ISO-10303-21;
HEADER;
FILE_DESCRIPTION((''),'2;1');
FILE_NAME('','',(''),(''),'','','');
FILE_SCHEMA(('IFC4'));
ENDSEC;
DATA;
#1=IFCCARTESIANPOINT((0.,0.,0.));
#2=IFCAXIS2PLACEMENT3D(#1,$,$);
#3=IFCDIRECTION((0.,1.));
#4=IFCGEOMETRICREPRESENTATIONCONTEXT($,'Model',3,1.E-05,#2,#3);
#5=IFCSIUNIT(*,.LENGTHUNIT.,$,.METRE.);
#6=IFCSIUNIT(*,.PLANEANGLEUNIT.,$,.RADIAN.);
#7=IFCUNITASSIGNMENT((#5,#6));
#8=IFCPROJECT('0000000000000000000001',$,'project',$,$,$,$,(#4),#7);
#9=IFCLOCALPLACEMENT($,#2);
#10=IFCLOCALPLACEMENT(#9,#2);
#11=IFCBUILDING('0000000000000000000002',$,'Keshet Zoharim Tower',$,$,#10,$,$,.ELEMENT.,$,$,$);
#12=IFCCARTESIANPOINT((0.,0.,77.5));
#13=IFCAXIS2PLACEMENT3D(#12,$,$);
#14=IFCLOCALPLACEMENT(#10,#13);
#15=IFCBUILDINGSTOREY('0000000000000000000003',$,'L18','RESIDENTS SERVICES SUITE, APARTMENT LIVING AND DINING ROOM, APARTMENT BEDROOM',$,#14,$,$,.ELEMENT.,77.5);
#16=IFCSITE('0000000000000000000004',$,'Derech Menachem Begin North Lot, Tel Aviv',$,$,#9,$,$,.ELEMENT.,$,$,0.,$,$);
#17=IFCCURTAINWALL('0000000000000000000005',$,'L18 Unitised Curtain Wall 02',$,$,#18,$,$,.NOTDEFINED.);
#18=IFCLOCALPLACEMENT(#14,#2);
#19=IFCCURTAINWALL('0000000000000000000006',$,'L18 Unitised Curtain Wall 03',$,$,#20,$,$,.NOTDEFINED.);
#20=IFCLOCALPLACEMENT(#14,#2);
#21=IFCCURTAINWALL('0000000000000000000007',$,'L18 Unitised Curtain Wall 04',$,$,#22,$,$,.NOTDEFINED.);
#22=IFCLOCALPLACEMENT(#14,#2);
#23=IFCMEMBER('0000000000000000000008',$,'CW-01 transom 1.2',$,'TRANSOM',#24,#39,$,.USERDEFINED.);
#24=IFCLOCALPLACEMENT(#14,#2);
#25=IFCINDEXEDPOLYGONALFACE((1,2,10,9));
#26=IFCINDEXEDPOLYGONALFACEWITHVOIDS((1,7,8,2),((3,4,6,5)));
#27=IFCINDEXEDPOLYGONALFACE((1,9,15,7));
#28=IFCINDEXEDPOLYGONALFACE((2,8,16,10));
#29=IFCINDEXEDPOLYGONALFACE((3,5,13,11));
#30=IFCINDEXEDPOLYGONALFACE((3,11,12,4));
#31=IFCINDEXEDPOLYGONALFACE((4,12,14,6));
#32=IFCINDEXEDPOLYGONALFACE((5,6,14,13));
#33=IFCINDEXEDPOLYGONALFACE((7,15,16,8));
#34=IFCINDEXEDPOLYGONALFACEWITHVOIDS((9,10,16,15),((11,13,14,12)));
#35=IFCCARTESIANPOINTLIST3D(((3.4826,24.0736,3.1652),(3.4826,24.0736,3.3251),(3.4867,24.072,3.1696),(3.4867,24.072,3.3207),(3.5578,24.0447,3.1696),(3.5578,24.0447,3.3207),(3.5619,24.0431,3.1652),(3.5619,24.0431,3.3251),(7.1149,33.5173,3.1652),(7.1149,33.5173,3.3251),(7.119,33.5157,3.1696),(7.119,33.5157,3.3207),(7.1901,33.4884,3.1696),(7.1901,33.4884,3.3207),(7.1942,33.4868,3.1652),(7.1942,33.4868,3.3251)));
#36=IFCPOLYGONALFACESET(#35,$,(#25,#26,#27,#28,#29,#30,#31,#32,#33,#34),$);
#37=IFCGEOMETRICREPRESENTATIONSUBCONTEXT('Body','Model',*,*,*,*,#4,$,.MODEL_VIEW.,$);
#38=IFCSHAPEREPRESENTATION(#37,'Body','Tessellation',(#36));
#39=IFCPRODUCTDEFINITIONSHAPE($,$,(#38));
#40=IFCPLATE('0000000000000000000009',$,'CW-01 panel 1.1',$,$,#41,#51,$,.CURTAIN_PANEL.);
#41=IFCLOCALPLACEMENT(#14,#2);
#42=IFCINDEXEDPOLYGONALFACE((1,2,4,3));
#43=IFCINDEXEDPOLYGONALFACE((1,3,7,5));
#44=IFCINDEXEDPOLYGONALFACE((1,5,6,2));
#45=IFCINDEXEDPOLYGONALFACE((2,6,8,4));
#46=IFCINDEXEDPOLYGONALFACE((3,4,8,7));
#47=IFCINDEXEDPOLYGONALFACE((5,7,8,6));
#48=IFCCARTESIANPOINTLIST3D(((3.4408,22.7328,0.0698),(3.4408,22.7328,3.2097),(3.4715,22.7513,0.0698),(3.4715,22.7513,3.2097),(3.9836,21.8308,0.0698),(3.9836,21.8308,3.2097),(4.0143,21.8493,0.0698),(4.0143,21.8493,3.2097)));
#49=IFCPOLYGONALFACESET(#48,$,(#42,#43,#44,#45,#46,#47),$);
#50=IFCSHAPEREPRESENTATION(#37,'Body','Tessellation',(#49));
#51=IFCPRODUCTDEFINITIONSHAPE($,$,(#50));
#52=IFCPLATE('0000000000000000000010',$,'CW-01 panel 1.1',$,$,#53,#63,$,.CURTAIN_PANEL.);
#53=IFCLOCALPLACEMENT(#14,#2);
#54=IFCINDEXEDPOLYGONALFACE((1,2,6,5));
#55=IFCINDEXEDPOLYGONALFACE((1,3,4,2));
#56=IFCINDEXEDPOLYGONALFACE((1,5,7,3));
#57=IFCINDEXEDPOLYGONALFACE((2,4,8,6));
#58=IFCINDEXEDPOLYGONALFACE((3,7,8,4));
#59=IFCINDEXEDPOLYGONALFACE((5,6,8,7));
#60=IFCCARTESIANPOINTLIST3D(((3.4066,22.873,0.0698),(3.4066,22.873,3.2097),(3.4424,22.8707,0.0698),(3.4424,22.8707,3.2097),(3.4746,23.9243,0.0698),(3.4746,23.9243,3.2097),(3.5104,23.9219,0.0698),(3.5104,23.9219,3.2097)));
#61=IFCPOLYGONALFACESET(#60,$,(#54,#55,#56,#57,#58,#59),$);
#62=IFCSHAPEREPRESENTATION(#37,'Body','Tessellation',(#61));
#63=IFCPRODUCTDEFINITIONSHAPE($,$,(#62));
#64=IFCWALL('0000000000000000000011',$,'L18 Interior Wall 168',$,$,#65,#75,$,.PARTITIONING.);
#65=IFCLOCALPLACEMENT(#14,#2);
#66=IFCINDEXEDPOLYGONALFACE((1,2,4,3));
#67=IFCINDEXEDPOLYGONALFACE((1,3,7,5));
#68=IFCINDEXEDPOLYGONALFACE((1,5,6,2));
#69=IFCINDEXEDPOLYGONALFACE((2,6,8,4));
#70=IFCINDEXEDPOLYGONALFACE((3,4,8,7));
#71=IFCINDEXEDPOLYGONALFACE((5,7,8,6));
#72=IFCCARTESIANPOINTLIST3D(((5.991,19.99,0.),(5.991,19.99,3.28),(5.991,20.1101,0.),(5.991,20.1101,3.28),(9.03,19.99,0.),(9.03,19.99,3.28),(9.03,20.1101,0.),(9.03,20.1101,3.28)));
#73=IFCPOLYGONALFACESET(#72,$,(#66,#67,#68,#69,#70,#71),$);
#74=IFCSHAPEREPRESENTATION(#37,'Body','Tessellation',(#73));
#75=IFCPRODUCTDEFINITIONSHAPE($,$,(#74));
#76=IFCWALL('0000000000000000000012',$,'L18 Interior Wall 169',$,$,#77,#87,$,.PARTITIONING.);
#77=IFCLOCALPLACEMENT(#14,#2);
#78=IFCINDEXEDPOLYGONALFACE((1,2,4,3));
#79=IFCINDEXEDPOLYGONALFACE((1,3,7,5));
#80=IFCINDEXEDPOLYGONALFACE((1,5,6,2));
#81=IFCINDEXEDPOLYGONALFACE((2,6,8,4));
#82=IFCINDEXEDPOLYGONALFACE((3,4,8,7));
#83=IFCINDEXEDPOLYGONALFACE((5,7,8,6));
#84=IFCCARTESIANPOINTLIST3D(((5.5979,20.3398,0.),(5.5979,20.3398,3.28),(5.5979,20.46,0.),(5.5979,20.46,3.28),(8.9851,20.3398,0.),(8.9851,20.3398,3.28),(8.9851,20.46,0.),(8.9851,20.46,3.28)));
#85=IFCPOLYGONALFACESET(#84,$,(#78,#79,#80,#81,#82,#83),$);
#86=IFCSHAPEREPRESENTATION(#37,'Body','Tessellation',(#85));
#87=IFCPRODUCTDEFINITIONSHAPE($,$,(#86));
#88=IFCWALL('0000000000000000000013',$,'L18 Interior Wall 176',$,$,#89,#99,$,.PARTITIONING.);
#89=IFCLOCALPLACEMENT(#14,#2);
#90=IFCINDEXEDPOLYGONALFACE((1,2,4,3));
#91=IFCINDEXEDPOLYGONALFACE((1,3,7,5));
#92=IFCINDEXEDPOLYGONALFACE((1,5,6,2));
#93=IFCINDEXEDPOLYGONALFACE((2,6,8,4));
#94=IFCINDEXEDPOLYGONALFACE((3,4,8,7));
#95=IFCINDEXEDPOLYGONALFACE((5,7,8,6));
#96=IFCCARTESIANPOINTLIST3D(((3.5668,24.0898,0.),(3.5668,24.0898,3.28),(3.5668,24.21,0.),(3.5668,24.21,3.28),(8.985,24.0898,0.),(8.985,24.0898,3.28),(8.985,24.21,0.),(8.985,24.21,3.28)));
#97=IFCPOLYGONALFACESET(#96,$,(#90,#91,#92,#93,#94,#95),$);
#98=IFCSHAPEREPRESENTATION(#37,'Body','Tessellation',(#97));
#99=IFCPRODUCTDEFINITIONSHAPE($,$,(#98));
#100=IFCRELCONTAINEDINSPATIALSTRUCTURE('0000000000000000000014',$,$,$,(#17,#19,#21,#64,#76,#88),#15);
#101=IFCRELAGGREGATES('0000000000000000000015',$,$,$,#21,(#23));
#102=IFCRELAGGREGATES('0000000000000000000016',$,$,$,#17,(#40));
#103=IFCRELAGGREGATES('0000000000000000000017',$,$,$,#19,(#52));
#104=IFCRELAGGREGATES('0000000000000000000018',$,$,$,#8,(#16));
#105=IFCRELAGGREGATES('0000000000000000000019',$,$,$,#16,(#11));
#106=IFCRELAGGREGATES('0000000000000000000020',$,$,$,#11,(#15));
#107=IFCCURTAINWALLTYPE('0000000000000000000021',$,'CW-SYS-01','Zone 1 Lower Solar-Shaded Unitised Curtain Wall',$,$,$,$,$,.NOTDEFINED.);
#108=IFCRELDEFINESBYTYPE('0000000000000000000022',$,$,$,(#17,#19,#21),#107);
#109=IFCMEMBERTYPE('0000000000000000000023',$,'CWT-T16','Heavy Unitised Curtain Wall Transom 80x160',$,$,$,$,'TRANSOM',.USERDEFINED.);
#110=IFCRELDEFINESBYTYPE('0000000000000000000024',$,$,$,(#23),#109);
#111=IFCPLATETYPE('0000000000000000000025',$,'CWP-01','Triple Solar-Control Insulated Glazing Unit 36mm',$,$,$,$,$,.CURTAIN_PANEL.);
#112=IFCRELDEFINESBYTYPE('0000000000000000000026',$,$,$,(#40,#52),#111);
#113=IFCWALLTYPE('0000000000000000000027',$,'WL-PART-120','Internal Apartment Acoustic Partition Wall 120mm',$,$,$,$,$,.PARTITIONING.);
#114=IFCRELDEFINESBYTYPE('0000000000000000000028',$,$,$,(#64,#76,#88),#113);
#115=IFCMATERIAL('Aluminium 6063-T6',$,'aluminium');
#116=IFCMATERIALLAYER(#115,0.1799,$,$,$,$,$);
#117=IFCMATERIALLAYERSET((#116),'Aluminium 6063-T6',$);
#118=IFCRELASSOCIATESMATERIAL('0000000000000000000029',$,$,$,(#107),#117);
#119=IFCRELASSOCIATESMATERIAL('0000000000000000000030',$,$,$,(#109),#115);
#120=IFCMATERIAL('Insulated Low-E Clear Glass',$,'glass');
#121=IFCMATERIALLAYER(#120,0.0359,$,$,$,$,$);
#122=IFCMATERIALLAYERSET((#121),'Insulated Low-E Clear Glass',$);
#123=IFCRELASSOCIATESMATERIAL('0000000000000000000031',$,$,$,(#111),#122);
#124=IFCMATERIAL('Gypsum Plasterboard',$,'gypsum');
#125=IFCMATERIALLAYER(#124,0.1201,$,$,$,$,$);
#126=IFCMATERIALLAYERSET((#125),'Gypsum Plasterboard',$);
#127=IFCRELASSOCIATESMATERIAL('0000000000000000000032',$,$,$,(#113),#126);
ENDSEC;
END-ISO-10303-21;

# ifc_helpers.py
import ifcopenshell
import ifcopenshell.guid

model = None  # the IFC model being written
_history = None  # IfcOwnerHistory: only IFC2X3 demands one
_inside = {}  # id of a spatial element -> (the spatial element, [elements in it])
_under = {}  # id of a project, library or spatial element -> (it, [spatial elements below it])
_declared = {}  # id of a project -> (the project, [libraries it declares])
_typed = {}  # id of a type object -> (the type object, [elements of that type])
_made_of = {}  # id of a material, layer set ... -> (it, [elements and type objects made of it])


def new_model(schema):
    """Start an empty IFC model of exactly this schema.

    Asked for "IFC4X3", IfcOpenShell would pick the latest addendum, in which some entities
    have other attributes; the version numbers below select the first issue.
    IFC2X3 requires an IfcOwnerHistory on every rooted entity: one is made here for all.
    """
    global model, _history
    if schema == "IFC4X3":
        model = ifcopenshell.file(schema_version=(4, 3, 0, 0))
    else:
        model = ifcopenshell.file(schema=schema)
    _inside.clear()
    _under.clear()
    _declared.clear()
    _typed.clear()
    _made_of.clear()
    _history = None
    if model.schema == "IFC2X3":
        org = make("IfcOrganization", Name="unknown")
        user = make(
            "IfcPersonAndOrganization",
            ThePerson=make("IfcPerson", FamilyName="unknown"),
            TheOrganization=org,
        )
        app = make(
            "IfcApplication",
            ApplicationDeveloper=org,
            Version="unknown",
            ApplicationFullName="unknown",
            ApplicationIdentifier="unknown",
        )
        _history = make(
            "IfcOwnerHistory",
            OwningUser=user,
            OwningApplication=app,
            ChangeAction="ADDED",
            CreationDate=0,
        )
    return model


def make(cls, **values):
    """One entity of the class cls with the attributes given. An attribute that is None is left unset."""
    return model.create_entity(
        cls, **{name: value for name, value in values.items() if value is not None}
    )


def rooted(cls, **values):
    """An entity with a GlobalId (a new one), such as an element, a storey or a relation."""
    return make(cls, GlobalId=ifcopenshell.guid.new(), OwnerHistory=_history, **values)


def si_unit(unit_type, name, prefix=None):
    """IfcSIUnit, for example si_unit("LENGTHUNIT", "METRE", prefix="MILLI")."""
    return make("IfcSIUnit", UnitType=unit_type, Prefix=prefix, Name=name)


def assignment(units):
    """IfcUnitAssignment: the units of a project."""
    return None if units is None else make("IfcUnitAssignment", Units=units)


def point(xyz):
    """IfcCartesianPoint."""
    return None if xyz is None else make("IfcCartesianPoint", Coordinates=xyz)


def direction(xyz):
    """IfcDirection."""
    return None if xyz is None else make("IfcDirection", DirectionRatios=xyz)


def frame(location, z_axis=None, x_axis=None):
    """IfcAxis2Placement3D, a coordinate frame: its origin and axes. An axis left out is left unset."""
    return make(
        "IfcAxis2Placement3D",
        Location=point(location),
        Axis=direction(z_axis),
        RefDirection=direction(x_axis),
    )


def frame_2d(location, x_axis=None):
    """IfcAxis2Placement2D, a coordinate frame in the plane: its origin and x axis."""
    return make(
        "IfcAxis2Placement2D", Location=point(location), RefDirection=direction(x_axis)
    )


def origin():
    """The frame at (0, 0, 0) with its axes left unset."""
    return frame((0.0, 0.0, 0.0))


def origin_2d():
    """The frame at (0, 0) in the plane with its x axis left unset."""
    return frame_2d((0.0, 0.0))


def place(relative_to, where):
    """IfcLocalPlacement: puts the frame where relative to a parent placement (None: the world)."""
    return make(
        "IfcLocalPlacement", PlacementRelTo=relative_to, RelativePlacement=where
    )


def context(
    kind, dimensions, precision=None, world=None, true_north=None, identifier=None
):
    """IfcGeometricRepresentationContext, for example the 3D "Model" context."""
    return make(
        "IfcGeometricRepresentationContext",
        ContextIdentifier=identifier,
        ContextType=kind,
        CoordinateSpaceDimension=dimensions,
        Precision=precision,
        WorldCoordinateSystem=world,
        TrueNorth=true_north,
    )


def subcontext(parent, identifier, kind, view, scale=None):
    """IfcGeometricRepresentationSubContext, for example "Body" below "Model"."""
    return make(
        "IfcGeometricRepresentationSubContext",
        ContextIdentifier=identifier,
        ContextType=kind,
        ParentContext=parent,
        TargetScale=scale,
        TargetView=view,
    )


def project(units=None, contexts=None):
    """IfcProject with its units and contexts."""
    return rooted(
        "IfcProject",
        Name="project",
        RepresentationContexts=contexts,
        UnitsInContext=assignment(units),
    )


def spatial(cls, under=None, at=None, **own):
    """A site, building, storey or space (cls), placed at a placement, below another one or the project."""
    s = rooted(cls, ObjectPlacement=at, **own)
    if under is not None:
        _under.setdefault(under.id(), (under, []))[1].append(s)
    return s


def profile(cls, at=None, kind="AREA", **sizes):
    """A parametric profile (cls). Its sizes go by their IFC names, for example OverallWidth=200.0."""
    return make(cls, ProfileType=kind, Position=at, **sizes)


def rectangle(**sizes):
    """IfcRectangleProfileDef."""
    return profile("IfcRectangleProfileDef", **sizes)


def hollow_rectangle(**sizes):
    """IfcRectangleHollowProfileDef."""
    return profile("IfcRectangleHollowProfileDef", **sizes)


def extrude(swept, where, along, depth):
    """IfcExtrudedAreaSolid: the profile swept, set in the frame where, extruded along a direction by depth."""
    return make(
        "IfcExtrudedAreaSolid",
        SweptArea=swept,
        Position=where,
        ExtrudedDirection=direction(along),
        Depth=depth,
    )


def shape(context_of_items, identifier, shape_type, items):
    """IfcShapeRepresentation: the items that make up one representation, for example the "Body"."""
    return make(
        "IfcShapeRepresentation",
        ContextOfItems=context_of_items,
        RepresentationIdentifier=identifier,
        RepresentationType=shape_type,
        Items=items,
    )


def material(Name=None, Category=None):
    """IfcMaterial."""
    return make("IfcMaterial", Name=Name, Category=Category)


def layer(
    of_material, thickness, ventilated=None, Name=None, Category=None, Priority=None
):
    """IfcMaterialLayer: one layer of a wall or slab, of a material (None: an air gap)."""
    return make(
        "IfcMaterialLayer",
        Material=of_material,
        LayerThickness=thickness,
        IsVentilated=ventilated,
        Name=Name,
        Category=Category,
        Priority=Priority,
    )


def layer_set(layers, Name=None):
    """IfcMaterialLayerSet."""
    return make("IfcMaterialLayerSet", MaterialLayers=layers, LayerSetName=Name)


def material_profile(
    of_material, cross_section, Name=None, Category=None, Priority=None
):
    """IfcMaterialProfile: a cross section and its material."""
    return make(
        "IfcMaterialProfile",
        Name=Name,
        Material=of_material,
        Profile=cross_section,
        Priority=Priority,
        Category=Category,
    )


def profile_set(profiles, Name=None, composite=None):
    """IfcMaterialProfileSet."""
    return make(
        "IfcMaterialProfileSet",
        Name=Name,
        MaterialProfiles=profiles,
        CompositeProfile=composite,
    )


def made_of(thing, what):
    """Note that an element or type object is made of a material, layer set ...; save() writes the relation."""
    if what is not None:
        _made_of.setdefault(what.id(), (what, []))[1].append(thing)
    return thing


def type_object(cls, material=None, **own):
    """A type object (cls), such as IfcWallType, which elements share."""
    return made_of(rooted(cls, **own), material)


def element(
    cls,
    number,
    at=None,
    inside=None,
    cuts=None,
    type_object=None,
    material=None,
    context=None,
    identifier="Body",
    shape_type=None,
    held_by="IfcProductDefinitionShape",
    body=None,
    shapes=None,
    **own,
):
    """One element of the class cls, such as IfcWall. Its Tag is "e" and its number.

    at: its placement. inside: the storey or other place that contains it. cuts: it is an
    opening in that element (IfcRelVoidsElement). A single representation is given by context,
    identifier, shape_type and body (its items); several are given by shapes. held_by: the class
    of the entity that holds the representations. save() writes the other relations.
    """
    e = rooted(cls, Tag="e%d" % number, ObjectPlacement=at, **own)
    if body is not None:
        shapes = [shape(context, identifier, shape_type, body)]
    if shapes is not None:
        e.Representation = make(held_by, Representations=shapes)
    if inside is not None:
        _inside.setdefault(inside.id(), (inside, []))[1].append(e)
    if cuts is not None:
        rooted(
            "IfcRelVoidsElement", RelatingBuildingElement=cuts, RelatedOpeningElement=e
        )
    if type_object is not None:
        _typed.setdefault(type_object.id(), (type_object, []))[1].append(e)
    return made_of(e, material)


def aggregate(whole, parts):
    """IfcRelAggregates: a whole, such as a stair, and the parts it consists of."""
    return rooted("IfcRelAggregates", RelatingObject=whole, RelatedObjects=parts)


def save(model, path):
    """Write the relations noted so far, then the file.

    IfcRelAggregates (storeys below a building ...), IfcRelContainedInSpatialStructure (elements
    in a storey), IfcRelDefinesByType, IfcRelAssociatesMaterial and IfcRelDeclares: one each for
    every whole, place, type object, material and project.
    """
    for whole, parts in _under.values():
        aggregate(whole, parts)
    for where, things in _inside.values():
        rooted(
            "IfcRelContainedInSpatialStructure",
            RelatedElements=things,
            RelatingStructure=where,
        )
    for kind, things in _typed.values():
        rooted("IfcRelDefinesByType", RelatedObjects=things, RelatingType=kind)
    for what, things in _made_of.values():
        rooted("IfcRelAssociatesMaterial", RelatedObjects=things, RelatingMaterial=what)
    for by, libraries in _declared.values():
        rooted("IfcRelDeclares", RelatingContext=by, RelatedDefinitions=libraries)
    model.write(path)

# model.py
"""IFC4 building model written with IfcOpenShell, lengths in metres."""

from ifc_helpers import new_model, si_unit, direction, frame, frame_2d, origin, origin_2d, place, context, subcontext, project, spatial, rectangle, hollow_rectangle, extrude, material, layer, layer_set, material_profile, profile_set, type_object, element, aggregate, save


model = new_model("IFC4")

# Units and contexts
model_context = context("Model", 3, precision=1e-05, world=origin(), true_north=direction((0.0, 1.0)))
body_context = subcontext(model_context, "Body", "Model", "MODEL_VIEW")
ifc_project = project(units=[si_unit("LENGTHUNIT", "METRE"), si_unit("PLANEANGLEUNIT", "RADIAN")], contexts=[model_context])

# Site, building, storey
site_placement = place(None, origin())
site = spatial("IfcSite", under=ifc_project, at=site_placement, Name="Derech Menachem Begin North Lot, Tel Aviv", CompositionType="ELEMENT", RefElevation=0.0)
building_placement = place(site_placement, origin())
building = spatial("IfcBuilding", under=site, at=building_placement, Name="Keshet Zoharim Tower", CompositionType="ELEMENT")
storey_placement = place(building_placement, frame((0.0, 0.0, 77.5)))
storey = spatial("IfcBuildingStorey", under=building, at=storey_placement, Name="L18", Description="RESIDENTS SERVICES SUITE, APARTMENT LIVING AND DINING ROOM, APARTMENT BEDROOM", CompositionType="ELEMENT", Elevation=77.5)

# Shared definitions
ifc_material_1 = material(Name="Aluminium 6063-T6", Category="aluminium")
ifc_layer_1 = layer(ifc_material_1, 0.1799)
ifc_layer_set_1 = layer_set([ifc_layer_1], Name="Aluminium 6063-T6")
curtain_wall_type = type_object("IfcCurtainWallType", Name="CW-SYS-01", Description="Zone 1 Lower Solar-Shaded Unitised Curtain Wall", PredefinedType="NOTDEFINED", material=ifc_layer_set_1)

# Curtain walls
curtain_wall_1_placement = place(storey_placement, origin())
curtain_wall_1 = element("IfcCurtainWall", 1, at=curtain_wall_1_placement, inside=storey, type_object=curtain_wall_type, Name="L18 Unitised Curtain Wall 02", PredefinedType="NOTDEFINED")
curtain_wall_2_placement = place(storey_placement, origin())
curtain_wall_2 = element("IfcCurtainWall", 2, at=curtain_wall_2_placement, inside=storey, type_object=curtain_wall_type, Name="L18 Unitised Curtain Wall 03", PredefinedType="NOTDEFINED")

# Curtain wall
curtain_wall_3_placement = place(storey_placement, origin())
curtain_wall_3 = element("IfcCurtainWall", 3, at=curtain_wall_3_placement, inside=storey, type_object=curtain_wall_type, Name="L18 Unitised Curtain Wall 04", PredefinedType="NOTDEFINED")

# Member
ifc_material_profile_1 = material_profile(ifc_material_1, hollow_rectangle(XDim=0.085, YDim=0.1599, WallThickness=0.0044, at=origin_2d()), Name="TRN-85x160")
ifc_profile_set_1 = profile_set([ifc_material_profile_1], Name="Aluminium 6063-T6")
member_type_1 = type_object("IfcMemberType", Name="CWT-T16", Description="Heavy Unitised Curtain Wall Transom 80x160", ElementType="TRANSOM", PredefinedType="USERDEFINED", material=ifc_profile_set_1)
member_1_placement = place(storey_placement, frame((3.5222, 24.0583, 3.2451), z_axis=(0.358994, 0.93334, 0.0), x_axis=(-0.93334, 0.358994, 0.0)))
member_1 = element("IfcMember", 4, at=member_1_placement, type_object=member_type_1, Name="CW-01 transom 1.2", ObjectType="TRANSOM", PredefinedType="USERDEFINED", context=body_context, shape_type="SweptSolid", body=[
    extrude(hollow_rectangle(XDim=0.085, YDim=0.1599, WallThickness=0.0044, at=origin_2d()), origin(), (0.0, 0.0, 1.0), 10.1182),
])
aggregate(curtain_wall_3, [member_1])

# Plates
ifc_material_2 = material(Name="Insulated Low-E Clear Glass", Category="glass")
ifc_layer_2 = layer(ifc_material_2, 0.0359)
ifc_layer_set_2 = layer_set([ifc_layer_2], Name="Insulated Low-E Clear Glass")
plate_type = type_object("IfcPlateType", Name="CWP-01", Description="Triple Solar-Control Insulated Glazing Unit 36mm", PredefinedType="CURTAIN_PANEL", material=ifc_layer_set_2)
plate_1_placement = place(storey_placement, frame((3.7275, 22.291, 0.0698), z_axis=(0.0, 0.0, 1.0), x_axis=(-0.515605, 0.856826, 0.0)))
plate_1 = element("IfcPlate", 5, at=plate_1_placement, type_object=plate_type, Name="CW-01 panel 1.1", PredefinedType="CURTAIN_PANEL", context=body_context, shape_type="SweptSolid", body=[
    extrude(rectangle(XDim=1.0527, YDim=0.0359, at=origin_2d()), origin(), (0.0, 0.0, 1.0), 3.1399),
])
aggregate(curtain_wall_1, [plate_1])
plate_2_placement = place(storey_placement, frame((3.4585, 23.3975, 0.0698), z_axis=(0.0, 0.0, 1.0), x_axis=(0.064517, 0.997917, 0.0)))
plate_2 = element("IfcPlate", 6, at=plate_2_placement, type_object=plate_type, Name="CW-01 panel 1.1", PredefinedType="CURTAIN_PANEL", context=body_context, shape_type="SweptSolid", body=[
    extrude(rectangle(XDim=1.0535, YDim=0.0359, at=origin_2d()), origin(), (0.0, 0.0, 1.0), 3.1399),
])
aggregate(curtain_wall_2, [plate_2])

# Shared definitions
ifc_material_3 = material(Name="Gypsum Plasterboard", Category="gypsum")
ifc_layer_3 = layer(ifc_material_3, 0.1201)
ifc_layer_set_3 = layer_set([ifc_layer_3], Name="Gypsum Plasterboard")
wall_type = type_object("IfcWallType", Name="WL-PART-120", Description="Internal Apartment Acoustic Partition Wall 120mm", PredefinedType="PARTITIONING", material=ifc_layer_set_3)

# Walls
wall_1_placement = place(storey_placement, frame((5.991, 20.05, 0.0), z_axis=(0.0, 0.0, 1.0), x_axis=(1.0, 0.0, 0.0)))
element("IfcWall", 7, at=wall_1_placement, inside=storey, type_object=wall_type, Name="L18 Interior Wall 168", PredefinedType="PARTITIONING", context=body_context, shape_type="SweptSolid", body=[
    extrude(rectangle(XDim=3.0391, YDim=0.1201, at=frame_2d((1.5195, 0.0))), origin(), (0.0, 0.0, 1.0), 3.28),
])
wall_2_placement = place(storey_placement, frame((5.5979, 20.3999, 0.0), z_axis=(0.0, 0.0, 1.0), x_axis=(1.0, 0.0, 0.0)))
element("IfcWall", 8, at=wall_2_placement, inside=storey, type_object=wall_type, Name="L18 Interior Wall 169", PredefinedType="PARTITIONING", context=body_context, shape_type="SweptSolid", body=[
    extrude(rectangle(XDim=3.3872, YDim=0.1201, at=frame_2d((1.6936, 0.0))), origin(), (0.0, 0.0, 1.0), 3.28),
])
wall_3_placement = place(storey_placement, frame((3.5669, 24.1499, 0.0), z_axis=(0.0, 0.0, 1.0), x_axis=(1.0, 0.0, 0.0)))
element("IfcWall", 9, at=wall_3_placement, inside=storey, type_object=wall_type, Name="L18 Interior Wall 176", PredefinedType="PARTITIONING", context=body_context, shape_type="SweptSolid", body=[
    extrude(rectangle(XDim=5.4182, YDim=0.1201, at=frame_2d((2.709, 0.0))), origin(), (0.0, 0.0, 1.0), 3.28),
])

save(model, "model.ifc")
